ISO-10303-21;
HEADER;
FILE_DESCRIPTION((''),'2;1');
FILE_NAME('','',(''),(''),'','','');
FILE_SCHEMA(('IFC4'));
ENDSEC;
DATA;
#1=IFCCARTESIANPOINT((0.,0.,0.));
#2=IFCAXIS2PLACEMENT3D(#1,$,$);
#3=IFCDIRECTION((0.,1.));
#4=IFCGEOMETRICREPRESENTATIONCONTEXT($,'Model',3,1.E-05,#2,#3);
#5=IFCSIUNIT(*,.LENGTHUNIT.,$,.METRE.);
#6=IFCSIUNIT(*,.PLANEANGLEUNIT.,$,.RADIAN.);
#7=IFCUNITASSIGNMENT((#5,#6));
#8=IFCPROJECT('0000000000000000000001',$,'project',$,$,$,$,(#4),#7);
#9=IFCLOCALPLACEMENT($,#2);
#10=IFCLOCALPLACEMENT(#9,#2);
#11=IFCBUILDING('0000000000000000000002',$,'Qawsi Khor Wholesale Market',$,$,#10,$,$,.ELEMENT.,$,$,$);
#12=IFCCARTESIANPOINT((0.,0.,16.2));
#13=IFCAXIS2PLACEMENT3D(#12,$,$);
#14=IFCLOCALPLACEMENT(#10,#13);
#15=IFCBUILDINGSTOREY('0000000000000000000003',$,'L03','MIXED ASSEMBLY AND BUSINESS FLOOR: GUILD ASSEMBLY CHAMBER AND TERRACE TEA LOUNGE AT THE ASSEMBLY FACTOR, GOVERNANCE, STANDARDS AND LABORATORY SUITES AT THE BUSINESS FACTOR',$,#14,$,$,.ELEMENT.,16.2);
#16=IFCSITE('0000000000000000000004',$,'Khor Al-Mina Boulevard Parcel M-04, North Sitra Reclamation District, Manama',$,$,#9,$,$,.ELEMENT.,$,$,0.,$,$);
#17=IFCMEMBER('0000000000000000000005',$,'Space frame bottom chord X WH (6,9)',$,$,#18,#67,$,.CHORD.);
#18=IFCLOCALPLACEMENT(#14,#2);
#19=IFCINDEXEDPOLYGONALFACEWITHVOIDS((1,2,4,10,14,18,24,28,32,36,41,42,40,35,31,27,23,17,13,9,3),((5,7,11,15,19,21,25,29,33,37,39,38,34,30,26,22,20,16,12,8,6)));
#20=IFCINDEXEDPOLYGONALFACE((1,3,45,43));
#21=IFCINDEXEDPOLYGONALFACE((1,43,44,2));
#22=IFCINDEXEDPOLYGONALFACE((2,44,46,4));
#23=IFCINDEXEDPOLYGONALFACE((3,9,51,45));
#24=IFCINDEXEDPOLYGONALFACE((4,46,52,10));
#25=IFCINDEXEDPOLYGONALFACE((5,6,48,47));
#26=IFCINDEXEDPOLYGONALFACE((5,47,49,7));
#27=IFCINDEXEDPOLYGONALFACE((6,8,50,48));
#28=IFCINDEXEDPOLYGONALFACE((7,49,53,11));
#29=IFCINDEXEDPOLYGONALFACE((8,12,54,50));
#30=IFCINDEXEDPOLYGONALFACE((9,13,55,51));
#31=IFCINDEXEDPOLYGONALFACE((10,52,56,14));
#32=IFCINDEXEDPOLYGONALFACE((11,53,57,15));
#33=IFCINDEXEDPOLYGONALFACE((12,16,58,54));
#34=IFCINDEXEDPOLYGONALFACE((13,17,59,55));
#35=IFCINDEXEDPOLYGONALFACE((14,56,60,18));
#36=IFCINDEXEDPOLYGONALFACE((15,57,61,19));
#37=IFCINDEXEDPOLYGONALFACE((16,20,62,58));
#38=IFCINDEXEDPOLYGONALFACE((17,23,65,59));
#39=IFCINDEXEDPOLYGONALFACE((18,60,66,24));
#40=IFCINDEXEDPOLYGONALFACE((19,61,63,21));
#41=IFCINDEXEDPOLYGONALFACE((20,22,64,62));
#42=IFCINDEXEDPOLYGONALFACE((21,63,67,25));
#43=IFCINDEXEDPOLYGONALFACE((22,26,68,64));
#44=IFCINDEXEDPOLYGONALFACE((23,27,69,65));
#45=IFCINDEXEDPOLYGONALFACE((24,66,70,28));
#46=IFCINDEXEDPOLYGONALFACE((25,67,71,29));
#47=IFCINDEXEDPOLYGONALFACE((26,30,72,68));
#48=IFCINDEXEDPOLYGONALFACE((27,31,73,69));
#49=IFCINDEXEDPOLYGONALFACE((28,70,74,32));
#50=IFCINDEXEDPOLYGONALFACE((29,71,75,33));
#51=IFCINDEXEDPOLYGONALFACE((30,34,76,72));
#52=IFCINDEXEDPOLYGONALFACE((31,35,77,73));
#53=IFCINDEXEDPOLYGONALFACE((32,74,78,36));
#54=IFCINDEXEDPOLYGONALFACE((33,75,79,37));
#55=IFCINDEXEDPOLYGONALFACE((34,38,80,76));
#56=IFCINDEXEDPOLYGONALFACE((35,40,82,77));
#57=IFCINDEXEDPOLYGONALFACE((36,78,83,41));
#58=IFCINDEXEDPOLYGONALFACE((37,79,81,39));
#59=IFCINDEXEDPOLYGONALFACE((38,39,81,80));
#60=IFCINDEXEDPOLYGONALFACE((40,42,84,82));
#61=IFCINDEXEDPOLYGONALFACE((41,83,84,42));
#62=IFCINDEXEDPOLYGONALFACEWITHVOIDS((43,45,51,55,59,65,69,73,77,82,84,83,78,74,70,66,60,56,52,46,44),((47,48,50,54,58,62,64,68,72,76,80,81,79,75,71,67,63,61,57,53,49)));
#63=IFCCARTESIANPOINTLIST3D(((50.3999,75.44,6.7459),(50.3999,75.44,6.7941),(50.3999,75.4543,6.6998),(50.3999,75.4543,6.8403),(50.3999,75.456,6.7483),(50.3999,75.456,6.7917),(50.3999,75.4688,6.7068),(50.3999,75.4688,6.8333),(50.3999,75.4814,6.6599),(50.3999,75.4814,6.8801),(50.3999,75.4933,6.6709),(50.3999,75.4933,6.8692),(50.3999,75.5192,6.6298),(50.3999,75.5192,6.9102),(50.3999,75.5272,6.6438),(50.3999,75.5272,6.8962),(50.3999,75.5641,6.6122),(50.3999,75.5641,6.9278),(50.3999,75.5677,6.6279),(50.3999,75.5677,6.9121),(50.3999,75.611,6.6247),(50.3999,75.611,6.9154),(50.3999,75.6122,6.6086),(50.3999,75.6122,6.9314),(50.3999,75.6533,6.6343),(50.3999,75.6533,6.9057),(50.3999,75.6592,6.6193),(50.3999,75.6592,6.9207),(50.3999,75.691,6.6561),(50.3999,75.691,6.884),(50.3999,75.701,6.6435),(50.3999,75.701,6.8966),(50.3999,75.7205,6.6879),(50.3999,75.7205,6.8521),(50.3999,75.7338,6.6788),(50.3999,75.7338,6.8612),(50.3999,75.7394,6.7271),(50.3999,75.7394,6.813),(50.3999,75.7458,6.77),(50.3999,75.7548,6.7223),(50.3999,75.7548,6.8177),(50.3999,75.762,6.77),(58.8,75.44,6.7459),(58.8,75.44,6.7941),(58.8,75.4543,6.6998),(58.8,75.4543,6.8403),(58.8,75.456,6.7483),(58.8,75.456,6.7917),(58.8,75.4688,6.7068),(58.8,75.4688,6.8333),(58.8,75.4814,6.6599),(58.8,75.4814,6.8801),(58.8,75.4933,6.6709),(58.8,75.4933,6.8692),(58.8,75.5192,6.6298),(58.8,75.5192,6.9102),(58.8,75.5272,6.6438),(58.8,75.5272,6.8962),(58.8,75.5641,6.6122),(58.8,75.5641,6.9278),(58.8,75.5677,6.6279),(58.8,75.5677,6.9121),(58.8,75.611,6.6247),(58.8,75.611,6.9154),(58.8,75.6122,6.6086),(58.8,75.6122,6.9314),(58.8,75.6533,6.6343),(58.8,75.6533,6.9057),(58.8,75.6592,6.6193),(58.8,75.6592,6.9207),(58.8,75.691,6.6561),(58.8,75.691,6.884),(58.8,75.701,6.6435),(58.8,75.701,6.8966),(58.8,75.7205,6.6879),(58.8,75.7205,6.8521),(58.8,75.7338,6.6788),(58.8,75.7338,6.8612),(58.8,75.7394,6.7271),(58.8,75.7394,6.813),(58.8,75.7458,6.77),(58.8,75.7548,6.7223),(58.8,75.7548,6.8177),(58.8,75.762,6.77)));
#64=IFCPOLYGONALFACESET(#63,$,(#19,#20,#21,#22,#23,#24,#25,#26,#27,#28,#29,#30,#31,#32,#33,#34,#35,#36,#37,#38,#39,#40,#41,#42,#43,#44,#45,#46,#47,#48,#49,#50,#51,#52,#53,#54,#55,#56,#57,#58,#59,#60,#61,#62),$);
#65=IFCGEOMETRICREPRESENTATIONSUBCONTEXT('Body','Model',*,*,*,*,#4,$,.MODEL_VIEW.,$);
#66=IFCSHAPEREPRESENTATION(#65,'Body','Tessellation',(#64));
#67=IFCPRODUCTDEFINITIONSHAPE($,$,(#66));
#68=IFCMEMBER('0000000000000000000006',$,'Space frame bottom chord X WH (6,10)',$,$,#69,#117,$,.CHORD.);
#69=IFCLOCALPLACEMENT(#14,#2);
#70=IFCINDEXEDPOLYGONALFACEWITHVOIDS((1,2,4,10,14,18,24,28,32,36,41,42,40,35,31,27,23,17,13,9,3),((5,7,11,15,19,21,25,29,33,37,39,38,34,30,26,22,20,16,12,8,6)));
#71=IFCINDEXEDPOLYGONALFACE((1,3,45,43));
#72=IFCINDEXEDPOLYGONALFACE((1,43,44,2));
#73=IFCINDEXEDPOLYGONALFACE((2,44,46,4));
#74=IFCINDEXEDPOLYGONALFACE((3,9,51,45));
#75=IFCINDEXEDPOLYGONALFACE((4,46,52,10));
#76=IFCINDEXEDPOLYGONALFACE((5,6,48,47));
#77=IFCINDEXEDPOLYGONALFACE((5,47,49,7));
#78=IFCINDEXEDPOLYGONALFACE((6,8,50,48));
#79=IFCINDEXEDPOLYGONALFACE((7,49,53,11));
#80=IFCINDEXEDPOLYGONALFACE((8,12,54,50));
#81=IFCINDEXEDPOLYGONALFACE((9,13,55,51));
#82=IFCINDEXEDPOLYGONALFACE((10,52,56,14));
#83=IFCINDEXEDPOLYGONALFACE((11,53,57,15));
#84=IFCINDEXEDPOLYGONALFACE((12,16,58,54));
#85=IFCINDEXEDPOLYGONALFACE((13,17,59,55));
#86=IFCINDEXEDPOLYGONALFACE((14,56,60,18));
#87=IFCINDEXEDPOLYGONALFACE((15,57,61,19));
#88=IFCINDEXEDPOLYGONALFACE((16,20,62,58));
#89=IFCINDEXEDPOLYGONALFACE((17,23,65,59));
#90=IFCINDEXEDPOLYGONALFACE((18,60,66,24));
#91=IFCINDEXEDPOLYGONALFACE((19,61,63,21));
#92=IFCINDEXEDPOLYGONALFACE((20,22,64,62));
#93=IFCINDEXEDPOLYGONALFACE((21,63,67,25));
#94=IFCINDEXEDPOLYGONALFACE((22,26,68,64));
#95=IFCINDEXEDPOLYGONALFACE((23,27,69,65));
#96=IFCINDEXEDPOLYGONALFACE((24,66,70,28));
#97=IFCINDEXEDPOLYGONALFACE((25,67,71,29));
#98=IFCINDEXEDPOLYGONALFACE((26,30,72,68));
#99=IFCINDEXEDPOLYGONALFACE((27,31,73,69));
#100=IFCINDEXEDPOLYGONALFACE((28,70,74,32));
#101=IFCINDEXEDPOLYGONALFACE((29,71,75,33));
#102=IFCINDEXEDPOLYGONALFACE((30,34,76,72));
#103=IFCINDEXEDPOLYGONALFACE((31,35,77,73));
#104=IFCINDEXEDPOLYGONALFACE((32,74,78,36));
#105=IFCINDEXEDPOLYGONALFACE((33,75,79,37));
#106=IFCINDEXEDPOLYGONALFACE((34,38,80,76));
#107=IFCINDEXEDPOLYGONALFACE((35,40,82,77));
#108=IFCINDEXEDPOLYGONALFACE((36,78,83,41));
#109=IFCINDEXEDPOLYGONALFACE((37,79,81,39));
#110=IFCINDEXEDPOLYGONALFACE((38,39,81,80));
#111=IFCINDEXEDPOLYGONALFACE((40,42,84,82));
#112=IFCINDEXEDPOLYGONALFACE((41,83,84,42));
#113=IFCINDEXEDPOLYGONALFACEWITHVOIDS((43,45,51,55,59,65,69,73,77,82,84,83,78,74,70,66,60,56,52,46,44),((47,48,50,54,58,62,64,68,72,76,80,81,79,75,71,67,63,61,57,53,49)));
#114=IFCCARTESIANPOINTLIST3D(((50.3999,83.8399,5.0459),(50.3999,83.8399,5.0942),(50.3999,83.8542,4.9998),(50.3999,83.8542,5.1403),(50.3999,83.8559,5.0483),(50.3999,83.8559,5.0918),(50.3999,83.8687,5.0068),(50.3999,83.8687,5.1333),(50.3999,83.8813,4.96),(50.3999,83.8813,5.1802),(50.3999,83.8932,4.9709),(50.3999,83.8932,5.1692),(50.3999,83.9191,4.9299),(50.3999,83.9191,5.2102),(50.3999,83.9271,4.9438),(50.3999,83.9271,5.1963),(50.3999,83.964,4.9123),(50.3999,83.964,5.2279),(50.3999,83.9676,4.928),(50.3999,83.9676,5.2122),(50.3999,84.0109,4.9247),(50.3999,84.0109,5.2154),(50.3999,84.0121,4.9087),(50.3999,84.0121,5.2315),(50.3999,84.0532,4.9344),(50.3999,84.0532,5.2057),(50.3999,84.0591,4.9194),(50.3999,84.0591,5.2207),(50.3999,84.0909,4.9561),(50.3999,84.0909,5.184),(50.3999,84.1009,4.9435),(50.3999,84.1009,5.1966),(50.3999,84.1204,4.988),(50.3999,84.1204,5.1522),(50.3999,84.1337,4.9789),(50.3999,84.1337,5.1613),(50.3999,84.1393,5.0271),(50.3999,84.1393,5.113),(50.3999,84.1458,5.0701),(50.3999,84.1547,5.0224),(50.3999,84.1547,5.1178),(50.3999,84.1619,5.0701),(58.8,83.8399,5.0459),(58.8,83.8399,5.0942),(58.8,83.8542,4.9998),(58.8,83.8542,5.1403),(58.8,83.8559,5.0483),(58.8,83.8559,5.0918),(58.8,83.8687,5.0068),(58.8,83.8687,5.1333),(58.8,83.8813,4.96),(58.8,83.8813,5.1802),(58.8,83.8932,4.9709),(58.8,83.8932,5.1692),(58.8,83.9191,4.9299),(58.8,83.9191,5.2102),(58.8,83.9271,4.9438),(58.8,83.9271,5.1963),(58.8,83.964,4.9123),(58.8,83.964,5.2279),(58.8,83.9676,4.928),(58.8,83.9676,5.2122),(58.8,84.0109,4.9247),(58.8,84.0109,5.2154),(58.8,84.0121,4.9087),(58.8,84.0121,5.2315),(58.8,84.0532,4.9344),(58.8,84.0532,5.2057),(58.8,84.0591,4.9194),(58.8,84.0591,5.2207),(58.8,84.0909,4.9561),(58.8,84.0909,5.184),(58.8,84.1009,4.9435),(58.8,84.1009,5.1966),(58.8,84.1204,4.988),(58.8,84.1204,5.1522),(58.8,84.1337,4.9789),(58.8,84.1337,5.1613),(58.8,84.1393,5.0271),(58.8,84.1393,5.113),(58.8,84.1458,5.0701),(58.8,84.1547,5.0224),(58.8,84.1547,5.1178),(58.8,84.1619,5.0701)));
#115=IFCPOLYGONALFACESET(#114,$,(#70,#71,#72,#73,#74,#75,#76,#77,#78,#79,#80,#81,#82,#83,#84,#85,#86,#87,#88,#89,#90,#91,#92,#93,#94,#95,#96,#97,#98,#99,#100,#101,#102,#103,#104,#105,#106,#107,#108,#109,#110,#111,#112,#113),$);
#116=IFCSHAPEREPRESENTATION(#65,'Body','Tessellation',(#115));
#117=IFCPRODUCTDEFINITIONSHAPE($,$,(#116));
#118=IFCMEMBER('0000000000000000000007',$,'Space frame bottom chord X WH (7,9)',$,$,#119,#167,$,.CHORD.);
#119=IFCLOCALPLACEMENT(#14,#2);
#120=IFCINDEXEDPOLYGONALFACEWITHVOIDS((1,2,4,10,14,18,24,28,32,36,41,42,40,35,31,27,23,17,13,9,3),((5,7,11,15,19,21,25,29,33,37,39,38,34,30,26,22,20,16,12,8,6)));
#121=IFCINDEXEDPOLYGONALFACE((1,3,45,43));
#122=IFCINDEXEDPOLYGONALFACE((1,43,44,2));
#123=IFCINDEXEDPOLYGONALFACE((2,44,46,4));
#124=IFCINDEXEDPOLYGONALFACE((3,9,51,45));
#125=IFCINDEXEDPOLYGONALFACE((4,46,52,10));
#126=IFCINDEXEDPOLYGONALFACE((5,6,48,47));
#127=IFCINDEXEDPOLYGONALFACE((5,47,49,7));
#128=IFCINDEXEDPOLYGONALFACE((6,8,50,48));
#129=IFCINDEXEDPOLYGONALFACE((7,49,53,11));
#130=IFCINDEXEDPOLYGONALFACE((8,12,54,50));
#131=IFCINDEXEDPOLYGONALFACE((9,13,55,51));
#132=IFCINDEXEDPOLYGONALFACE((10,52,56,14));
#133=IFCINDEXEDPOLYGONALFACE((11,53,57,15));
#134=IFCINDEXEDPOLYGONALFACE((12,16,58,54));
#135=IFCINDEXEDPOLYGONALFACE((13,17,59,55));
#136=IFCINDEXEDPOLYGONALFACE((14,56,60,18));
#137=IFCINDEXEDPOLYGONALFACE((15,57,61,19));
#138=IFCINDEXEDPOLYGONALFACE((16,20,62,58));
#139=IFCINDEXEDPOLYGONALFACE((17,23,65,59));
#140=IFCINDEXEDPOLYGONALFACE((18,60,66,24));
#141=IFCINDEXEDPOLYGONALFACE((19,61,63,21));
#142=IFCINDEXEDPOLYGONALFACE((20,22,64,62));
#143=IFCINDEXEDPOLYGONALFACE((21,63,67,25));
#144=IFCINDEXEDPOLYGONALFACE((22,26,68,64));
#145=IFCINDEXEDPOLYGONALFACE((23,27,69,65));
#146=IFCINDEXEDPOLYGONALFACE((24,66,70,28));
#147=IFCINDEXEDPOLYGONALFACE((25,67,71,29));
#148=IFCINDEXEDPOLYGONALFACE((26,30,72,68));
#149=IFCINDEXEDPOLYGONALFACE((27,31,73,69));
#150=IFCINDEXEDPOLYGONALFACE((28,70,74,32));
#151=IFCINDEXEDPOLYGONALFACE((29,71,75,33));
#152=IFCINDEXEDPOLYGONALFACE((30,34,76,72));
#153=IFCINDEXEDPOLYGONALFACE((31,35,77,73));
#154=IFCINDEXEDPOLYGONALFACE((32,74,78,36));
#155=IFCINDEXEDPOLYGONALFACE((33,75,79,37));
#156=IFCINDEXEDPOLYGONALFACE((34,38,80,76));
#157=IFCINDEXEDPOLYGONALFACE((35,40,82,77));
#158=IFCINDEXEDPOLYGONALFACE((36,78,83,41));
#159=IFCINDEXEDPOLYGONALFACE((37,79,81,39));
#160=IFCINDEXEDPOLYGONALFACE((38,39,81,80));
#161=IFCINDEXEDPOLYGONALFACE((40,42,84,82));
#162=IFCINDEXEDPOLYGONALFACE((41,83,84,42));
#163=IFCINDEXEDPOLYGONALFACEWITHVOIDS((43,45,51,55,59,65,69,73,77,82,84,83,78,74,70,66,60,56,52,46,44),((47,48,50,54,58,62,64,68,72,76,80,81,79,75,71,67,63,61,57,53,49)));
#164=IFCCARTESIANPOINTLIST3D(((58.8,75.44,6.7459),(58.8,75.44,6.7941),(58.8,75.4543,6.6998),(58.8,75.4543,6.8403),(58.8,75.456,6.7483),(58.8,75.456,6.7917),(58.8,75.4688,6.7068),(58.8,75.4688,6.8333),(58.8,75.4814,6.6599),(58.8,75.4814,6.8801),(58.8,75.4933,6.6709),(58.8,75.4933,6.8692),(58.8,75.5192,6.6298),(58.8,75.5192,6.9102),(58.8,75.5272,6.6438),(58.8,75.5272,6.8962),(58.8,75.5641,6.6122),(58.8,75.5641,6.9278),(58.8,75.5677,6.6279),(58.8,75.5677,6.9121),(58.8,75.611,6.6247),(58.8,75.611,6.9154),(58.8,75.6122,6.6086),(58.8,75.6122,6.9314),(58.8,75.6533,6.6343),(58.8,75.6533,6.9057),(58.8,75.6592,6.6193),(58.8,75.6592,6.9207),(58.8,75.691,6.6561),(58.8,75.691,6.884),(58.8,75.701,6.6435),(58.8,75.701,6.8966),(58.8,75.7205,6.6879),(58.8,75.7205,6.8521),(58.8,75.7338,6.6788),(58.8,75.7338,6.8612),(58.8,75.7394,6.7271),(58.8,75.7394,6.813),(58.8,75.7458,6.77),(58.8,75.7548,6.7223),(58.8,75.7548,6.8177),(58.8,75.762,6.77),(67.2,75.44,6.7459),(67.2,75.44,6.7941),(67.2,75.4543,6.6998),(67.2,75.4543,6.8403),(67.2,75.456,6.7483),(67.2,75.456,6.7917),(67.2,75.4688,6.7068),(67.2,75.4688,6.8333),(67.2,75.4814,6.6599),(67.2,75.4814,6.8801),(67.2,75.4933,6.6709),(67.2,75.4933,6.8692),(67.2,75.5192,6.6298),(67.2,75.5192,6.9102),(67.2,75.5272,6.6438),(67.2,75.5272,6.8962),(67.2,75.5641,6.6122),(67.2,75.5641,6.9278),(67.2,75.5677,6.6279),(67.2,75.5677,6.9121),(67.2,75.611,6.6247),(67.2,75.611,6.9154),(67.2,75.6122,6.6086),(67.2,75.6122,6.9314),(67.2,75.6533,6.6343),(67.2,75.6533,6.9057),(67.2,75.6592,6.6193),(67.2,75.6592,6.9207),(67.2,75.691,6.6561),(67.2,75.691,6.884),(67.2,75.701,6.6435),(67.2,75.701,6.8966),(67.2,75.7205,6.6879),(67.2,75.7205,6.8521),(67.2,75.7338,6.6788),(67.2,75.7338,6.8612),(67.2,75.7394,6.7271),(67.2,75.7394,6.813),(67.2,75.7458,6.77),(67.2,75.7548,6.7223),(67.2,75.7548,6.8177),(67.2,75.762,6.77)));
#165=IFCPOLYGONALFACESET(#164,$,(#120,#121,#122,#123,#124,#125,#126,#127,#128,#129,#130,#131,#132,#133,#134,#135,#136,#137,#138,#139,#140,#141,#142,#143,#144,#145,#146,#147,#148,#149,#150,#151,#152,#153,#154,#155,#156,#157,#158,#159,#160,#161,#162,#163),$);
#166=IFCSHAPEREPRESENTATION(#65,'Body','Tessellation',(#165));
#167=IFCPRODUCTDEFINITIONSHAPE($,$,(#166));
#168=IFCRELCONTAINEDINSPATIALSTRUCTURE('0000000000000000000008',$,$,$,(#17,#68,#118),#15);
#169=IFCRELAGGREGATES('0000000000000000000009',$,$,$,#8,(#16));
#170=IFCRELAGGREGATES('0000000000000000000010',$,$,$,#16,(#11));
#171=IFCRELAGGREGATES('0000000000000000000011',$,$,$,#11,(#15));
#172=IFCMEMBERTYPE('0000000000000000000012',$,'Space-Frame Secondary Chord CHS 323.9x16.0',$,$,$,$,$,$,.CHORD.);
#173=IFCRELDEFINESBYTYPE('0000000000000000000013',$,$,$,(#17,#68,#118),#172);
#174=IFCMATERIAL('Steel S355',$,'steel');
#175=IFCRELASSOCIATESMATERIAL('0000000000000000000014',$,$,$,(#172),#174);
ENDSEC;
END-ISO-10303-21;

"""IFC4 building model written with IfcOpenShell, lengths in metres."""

from ifc_helpers import new_model, si_unit, direction, frame, origin, origin_2d, place, context, subcontext, project, spatial, hollow_circle, extrude, material, material_profile, profile_set, type_object, element, save


model = new_model("IFC4")

# Units and contexts
model_context = context("Model", 3, precision=1e-05, world=origin(), true_north=direction((0.0, 1.0)))
body_context = subcontext(model_context, "Body", "Model", "MODEL_VIEW")
ifc_project = project(units=[si_unit("LENGTHUNIT", "METRE"), si_unit("PLANEANGLEUNIT", "RADIAN")], contexts=[model_context])

# Site, building, storey
site_placement = place(None, origin())
site = spatial("IfcSite", under=ifc_project, at=site_placement, Name="Khor Al-Mina Boulevard Parcel M-04, North Sitra Reclamation District, Manama", CompositionType="ELEMENT", RefElevation=0.0)
building_placement = place(site_placement, origin())
building = spatial("IfcBuilding", under=site, at=building_placement, Name="Qawsi Khor Wholesale Market", CompositionType="ELEMENT")
storey_placement = place(building_placement, frame((0.0, 0.0, 16.2)))
storey = spatial("IfcBuildingStorey", under=building, at=storey_placement, Name="L03", Description="MIXED ASSEMBLY AND BUSINESS FLOOR: GUILD ASSEMBLY CHAMBER AND TERRACE TEA LOUNGE AT THE ASSEMBLY FACTOR, GOVERNANCE, STANDARDS AND LABORATORY SUITES AT THE BUSINESS FACTOR", CompositionType="ELEMENT", Elevation=16.2)

# Members
ifc_material_1 = material(Name="Steel S355", Category="steel")
ifc_material_profile_1 = material_profile(ifc_material_1, hollow_circle(Radius=0.1619, WallThickness=0.0161, at=origin_2d()), Name="CHS 323.9x16.0")
ifc_profile_set_1 = profile_set([ifc_material_profile_1], Name="Steel S355")
member_type_1 = type_object("IfcMemberType", Name="Space-Frame Secondary Chord CHS 323.9x16.0", PredefinedType="CHORD", material=ifc_profile_set_1)
for number, where, z_axis, x_axis, name in (
    (1, (50.3999, 75.6001, 6.77), (1.0, 0.0, 0.0), (0.0, 1.0, 0.0), "Space frame bottom chord X WH (6,9)"),
    (2, (50.3999, 84.0, 5.0701), (1.0, 0.0, 0.0), (0.0, 1.0, 0.0), "Space frame bottom chord X WH (6,10)"),
):
    element("IfcMember", number, at=place(storey_placement, frame(where, z_axis=z_axis, x_axis=x_axis)), inside=storey, type_object=member_type_1, Name=name, PredefinedType="CHORD", context=body_context, shape_type="SweptSolid", body=[
        extrude(hollow_circle(Radius=0.1619, WallThickness=0.0161, at=origin_2d()), origin(), (0.0, 0.0, 1.0), 8.4001),
    ])
member_1_placement = place(storey_placement, frame((58.8, 75.6001, 6.77), z_axis=(1.0, 0.0, 0.0), x_axis=(0.0, 1.0, 0.0)))
element("IfcMember", 3, at=member_1_placement, inside=storey, type_object=member_type_1, Name="Space frame bottom chord X WH (7,9)", PredefinedType="CHORD", context=body_context, shape_type="SweptSolid", body=[
    extrude(hollow_circle(Radius=0.1619, WallThickness=0.0161, at=origin_2d()), origin(), (0.0, 0.0, 1.0), 8.3999),
])

save(model, "model.ifc")
